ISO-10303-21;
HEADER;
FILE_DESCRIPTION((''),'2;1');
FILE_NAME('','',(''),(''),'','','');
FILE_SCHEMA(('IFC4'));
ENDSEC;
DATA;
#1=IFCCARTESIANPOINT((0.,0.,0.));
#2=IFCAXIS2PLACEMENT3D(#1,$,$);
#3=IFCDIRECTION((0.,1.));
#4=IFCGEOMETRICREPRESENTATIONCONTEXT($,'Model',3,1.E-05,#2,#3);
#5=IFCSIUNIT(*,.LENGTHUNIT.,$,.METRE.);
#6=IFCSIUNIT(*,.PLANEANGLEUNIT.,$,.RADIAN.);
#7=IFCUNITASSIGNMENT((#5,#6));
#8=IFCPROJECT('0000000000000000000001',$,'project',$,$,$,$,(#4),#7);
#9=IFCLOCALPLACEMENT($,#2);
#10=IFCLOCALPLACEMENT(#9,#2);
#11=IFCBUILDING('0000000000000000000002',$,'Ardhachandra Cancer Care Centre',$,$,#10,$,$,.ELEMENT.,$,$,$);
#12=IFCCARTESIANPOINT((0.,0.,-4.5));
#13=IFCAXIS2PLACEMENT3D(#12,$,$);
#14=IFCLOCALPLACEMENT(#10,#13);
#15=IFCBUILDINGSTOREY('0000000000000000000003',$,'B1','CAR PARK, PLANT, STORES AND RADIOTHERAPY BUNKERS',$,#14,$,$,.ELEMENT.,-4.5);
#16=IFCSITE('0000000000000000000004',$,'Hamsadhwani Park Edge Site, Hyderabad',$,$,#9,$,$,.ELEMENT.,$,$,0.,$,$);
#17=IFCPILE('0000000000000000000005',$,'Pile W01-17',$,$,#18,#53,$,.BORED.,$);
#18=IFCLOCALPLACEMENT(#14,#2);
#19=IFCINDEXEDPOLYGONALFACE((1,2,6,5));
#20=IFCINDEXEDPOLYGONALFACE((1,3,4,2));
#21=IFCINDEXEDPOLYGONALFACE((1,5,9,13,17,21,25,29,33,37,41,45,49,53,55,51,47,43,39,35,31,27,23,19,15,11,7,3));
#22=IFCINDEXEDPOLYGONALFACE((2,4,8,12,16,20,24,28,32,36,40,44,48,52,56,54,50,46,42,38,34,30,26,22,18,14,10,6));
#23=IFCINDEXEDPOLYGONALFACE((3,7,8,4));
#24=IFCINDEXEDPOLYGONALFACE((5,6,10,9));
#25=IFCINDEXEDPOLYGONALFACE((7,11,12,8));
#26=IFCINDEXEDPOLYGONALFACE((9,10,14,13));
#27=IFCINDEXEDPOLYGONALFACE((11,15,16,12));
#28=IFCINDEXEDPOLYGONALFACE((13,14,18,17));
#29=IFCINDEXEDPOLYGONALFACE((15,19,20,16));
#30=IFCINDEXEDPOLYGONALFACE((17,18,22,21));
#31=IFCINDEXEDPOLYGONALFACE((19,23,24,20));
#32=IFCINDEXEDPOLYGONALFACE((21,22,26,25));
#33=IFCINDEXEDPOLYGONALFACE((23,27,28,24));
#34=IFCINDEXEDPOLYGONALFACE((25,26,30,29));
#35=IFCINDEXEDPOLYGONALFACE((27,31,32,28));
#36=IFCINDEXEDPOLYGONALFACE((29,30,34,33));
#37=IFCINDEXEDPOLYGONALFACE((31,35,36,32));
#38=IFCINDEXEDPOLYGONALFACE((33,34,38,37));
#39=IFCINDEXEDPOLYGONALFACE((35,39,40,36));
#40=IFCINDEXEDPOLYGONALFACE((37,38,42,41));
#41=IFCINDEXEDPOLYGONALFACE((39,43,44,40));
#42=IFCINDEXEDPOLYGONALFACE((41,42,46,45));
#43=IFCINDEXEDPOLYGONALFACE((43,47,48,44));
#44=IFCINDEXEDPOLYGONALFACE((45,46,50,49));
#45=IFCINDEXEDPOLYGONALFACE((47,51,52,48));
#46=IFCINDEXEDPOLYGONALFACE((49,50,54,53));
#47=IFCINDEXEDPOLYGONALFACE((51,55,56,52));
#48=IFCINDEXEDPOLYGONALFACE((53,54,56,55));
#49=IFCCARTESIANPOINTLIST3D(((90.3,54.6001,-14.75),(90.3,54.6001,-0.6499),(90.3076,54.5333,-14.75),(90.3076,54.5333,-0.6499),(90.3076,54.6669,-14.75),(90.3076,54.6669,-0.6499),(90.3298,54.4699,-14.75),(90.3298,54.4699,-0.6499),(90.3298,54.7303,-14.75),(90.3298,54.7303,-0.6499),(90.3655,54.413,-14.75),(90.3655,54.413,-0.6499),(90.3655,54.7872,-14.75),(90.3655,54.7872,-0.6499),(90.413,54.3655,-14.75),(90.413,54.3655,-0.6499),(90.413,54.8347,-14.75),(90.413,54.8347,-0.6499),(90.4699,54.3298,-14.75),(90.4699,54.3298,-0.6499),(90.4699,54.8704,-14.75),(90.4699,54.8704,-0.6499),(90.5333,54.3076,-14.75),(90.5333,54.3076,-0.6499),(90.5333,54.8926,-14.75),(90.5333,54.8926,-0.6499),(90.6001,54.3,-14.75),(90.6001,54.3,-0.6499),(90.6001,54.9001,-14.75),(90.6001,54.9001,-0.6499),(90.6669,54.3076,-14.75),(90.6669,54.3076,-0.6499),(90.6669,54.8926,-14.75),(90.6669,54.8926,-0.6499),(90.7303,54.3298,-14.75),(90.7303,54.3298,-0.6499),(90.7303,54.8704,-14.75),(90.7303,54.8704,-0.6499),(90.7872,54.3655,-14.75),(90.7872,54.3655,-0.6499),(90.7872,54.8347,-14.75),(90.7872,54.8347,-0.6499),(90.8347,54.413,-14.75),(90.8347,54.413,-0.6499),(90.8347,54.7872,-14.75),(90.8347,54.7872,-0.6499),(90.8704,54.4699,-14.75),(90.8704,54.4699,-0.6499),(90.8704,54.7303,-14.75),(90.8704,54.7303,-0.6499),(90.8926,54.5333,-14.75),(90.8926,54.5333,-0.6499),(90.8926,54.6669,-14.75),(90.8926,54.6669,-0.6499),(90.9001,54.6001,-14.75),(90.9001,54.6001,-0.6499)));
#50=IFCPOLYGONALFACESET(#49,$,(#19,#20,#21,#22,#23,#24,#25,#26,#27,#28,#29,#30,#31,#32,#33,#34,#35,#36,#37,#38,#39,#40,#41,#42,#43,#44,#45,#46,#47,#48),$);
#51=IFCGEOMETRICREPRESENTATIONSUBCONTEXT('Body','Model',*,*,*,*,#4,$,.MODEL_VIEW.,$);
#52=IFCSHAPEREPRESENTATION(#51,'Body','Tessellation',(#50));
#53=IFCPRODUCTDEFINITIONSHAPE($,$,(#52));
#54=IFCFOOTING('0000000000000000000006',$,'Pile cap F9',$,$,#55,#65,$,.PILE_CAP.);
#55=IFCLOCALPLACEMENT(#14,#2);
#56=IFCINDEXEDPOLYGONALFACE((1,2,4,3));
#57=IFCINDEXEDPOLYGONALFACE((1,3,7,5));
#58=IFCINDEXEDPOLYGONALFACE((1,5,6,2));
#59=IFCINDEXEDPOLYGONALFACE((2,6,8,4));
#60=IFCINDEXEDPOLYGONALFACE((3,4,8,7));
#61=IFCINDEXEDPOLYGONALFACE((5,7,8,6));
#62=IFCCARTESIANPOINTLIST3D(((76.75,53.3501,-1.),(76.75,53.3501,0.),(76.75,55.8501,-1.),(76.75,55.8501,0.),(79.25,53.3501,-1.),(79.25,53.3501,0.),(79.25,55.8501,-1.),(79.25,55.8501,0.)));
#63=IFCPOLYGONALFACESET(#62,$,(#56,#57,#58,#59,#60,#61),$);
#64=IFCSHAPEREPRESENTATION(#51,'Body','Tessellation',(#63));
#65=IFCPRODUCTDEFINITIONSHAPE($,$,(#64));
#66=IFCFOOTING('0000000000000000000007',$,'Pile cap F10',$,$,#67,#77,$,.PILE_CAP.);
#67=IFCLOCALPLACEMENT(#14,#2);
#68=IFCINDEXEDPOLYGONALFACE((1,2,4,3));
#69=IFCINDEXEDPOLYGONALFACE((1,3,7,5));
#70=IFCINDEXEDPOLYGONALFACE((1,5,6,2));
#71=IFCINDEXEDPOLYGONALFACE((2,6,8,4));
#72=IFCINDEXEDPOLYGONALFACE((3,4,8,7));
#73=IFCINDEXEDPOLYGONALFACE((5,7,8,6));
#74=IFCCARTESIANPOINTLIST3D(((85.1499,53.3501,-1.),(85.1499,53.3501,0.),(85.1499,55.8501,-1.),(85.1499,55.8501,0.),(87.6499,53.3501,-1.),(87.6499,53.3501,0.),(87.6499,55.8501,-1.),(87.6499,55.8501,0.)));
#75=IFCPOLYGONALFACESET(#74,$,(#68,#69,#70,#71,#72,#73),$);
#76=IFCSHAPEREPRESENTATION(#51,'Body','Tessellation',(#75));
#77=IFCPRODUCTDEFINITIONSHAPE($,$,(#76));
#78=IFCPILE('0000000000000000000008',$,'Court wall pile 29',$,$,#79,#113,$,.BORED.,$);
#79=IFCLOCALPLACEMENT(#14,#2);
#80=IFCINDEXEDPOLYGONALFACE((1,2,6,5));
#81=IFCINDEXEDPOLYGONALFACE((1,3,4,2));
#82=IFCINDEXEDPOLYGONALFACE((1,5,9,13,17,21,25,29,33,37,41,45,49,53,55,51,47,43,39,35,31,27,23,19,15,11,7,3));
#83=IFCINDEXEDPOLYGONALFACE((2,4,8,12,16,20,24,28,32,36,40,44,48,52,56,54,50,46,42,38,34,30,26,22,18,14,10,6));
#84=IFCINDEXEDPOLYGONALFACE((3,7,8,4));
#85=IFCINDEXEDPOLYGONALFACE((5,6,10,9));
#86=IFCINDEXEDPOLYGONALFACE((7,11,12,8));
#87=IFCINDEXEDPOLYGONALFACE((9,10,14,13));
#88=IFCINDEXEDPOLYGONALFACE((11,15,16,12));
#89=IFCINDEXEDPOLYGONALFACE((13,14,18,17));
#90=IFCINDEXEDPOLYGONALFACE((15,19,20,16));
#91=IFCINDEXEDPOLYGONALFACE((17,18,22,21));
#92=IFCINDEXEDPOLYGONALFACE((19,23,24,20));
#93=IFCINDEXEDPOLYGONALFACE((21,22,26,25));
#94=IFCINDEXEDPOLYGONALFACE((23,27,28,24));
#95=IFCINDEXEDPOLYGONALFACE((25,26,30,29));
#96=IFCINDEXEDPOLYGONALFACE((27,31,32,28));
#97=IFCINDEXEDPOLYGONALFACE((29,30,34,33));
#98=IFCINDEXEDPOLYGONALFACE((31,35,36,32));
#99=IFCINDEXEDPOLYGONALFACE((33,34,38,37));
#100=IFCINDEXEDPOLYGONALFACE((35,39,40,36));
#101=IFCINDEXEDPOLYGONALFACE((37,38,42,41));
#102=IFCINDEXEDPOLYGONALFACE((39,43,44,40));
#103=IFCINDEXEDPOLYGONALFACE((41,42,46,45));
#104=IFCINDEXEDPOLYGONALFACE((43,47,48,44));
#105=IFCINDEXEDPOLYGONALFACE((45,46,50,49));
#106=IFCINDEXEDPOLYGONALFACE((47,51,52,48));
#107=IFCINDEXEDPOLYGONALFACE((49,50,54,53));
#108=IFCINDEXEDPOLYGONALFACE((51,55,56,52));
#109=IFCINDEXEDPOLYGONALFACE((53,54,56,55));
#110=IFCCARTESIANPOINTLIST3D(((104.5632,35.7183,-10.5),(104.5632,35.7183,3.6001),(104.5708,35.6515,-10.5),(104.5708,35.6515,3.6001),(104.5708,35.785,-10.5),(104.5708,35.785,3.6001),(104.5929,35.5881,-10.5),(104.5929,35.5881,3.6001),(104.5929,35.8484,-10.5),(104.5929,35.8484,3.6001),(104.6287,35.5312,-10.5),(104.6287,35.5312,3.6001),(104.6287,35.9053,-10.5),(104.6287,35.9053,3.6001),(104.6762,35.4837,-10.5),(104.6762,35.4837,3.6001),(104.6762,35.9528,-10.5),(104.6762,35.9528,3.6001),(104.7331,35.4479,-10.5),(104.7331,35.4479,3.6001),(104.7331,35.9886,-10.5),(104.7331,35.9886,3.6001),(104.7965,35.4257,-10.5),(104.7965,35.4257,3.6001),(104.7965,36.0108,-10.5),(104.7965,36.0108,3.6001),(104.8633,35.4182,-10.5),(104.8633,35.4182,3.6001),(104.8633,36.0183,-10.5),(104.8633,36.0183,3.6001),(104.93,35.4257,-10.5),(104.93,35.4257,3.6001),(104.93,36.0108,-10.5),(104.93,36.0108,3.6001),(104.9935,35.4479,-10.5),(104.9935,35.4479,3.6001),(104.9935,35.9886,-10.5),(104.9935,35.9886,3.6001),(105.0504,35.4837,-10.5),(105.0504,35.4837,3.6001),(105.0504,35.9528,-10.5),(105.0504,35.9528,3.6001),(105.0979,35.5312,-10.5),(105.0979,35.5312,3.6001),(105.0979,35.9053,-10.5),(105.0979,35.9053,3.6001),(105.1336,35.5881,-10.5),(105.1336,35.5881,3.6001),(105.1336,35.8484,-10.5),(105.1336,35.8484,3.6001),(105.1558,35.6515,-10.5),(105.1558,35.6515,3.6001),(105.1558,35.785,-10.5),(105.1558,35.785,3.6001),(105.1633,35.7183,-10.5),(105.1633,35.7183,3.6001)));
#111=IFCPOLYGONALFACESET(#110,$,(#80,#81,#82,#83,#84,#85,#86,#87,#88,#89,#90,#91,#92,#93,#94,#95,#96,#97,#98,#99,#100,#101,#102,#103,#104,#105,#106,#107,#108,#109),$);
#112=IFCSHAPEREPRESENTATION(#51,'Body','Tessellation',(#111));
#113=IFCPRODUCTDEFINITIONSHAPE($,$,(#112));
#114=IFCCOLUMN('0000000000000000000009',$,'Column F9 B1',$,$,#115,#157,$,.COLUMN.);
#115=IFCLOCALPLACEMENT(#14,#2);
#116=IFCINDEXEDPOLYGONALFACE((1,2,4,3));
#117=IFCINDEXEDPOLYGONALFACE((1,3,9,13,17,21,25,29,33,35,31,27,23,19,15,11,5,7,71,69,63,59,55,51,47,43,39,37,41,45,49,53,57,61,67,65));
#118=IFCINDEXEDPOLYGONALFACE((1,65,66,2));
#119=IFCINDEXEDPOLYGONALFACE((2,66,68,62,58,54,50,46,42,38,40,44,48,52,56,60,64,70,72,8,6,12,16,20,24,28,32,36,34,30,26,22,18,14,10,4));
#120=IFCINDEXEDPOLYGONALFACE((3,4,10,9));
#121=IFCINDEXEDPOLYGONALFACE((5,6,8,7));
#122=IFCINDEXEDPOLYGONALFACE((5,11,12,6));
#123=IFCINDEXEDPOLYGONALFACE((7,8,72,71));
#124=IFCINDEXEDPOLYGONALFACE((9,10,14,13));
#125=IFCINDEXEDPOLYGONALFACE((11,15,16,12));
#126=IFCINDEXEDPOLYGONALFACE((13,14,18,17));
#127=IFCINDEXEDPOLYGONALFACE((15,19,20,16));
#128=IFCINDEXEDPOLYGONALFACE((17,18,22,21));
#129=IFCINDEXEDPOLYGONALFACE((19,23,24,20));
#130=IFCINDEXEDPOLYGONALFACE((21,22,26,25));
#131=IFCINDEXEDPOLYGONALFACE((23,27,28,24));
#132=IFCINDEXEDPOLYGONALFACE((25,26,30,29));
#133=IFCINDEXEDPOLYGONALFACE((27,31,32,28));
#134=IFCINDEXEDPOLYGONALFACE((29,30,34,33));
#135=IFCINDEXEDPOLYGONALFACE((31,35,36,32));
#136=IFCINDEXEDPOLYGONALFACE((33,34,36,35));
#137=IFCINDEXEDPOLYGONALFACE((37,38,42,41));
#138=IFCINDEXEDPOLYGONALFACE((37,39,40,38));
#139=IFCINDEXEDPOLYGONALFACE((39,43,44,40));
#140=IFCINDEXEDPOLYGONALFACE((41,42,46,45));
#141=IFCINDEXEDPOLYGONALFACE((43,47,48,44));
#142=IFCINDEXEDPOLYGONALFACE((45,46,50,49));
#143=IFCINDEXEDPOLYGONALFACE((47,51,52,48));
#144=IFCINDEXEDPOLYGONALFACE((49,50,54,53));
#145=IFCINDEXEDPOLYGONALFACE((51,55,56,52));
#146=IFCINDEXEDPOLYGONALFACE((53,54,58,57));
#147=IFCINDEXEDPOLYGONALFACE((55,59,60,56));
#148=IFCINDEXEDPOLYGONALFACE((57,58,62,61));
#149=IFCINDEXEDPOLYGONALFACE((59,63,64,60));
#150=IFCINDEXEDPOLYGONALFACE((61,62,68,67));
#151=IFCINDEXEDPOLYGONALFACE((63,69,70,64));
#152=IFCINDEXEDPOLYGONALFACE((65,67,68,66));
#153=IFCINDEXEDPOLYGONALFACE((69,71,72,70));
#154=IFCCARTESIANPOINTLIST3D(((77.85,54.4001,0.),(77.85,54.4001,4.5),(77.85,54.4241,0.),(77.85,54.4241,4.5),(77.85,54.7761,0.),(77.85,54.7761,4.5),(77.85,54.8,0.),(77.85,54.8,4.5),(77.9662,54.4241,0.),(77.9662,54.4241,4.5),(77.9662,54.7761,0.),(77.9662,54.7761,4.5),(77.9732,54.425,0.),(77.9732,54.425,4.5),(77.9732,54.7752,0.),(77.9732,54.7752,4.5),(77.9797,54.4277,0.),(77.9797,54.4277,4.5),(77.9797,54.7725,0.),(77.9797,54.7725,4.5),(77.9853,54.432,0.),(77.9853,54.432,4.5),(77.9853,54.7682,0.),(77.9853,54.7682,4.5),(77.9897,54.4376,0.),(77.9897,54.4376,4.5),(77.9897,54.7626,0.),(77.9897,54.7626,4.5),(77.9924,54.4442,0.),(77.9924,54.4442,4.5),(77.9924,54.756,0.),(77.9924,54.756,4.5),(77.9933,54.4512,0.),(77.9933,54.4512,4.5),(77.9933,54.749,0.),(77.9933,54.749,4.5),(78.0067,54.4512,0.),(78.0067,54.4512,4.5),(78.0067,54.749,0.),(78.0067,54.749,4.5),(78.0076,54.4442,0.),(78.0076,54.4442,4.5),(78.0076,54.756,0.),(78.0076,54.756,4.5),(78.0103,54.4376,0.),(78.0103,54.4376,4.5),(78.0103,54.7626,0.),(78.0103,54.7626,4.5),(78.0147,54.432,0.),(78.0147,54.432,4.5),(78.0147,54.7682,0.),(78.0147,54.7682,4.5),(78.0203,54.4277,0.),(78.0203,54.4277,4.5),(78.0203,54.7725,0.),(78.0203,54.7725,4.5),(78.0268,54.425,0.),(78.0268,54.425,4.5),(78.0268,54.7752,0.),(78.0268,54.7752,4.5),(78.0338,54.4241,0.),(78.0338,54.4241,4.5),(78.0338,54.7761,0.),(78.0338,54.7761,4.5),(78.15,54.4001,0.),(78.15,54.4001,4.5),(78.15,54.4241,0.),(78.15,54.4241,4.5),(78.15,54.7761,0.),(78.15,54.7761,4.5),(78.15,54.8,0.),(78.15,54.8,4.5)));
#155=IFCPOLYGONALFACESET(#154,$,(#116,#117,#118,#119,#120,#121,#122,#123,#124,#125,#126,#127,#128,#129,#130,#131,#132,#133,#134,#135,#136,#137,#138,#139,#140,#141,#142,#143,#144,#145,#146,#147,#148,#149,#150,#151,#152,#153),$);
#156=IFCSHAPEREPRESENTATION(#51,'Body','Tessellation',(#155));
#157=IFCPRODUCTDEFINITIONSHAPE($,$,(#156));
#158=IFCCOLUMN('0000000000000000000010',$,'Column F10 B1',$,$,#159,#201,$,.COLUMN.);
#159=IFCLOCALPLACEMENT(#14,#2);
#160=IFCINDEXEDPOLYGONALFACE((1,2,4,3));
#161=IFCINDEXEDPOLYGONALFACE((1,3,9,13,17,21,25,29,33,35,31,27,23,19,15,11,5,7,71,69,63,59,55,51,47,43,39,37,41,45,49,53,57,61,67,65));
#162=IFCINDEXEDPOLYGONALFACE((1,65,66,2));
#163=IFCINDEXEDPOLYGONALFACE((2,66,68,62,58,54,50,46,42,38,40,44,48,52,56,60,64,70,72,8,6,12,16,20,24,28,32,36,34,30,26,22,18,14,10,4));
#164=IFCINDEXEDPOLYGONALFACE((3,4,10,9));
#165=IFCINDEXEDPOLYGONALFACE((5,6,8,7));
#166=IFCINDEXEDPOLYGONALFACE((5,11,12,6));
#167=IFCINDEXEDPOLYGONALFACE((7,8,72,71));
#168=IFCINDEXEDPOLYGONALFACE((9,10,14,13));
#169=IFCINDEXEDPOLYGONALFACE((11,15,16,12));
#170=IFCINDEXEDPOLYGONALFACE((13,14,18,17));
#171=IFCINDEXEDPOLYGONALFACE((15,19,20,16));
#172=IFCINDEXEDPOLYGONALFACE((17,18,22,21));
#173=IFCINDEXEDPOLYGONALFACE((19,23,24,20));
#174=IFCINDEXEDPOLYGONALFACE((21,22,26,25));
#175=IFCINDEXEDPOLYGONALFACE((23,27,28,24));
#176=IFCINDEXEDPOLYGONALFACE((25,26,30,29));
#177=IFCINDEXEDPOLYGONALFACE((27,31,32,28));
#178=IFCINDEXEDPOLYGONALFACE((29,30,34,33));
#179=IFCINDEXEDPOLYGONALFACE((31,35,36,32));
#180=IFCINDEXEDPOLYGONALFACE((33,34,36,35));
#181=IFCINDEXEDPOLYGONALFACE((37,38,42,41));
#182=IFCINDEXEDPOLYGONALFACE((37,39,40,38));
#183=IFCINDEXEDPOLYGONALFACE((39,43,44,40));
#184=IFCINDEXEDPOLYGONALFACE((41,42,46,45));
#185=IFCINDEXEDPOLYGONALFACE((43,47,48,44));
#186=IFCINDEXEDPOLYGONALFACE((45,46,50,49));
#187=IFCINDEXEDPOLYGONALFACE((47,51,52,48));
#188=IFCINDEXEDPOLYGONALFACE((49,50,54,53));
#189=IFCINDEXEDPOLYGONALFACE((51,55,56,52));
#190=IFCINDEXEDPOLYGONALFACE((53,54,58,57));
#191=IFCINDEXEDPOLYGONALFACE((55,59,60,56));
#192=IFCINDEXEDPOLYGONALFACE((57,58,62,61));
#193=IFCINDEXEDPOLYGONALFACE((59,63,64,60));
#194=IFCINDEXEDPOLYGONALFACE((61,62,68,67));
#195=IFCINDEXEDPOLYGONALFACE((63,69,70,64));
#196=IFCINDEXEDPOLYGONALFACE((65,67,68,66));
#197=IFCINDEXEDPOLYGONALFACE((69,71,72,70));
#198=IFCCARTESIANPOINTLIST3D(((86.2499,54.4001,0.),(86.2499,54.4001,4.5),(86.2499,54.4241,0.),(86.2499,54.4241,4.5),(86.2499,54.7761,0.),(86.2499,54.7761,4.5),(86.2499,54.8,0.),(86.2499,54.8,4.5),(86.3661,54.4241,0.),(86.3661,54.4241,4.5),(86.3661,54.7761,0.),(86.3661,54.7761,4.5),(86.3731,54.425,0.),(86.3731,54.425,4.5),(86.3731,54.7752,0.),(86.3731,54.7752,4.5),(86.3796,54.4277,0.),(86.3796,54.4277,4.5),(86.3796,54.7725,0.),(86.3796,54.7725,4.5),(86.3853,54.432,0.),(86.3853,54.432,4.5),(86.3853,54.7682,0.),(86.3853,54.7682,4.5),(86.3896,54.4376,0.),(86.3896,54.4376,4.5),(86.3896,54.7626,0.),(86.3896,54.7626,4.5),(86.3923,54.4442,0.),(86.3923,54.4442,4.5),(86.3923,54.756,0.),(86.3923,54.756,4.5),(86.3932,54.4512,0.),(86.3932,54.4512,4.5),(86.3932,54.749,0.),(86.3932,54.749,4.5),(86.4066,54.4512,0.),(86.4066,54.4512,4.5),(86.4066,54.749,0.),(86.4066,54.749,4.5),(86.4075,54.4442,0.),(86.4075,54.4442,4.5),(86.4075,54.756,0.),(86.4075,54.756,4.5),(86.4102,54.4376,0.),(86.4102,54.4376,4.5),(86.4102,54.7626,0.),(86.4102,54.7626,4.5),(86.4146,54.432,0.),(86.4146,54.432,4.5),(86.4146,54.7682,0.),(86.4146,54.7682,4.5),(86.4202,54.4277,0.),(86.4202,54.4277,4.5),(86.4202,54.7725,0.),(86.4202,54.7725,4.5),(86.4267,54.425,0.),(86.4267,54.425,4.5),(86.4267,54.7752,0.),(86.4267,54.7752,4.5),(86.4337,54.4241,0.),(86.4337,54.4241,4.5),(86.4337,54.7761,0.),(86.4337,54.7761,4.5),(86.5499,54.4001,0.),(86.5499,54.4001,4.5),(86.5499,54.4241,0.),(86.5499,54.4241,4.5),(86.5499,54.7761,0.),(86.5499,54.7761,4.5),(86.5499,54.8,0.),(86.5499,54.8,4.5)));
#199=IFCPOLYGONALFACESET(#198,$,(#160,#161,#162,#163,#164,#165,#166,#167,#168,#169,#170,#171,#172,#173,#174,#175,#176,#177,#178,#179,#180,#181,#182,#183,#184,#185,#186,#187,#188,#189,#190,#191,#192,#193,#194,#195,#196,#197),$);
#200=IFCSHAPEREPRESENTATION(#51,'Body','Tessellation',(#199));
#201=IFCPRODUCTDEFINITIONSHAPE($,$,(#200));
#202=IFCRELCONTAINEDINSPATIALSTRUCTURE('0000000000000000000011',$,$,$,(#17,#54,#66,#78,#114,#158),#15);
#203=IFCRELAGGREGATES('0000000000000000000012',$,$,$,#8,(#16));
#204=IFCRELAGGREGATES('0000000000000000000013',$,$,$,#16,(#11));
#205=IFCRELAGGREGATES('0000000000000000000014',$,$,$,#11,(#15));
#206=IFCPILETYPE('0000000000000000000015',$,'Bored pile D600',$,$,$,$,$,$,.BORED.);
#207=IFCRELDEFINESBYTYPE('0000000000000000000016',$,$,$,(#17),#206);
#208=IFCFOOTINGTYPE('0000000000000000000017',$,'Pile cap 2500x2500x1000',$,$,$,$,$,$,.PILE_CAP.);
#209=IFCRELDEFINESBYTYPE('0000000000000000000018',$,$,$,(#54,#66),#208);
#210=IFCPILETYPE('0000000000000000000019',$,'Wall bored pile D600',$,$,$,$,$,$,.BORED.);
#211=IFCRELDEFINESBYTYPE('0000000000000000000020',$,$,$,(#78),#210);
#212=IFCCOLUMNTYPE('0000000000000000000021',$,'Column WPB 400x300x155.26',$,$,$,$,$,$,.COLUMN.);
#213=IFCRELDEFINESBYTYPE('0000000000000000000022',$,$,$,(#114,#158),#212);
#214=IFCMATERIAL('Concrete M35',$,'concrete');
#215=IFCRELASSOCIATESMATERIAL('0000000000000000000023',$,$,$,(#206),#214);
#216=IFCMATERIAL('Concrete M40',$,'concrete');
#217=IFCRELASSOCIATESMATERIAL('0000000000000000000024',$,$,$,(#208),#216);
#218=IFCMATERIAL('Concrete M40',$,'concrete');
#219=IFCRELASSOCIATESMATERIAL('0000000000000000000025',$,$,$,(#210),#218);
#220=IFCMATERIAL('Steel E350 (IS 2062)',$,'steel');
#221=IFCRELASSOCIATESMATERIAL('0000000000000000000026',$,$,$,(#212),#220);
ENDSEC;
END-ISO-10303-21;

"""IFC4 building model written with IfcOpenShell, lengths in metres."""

from ifc_helpers import new_model, si_unit, direction, frame, origin, origin_2d, place, context, subcontext, project, spatial, rectangle, circle, i_section, extrude, material, material_profile, profile_set, type_object, element, save


model = new_model("IFC4")

# Units and contexts
model_context = context("Model", 3, precision=1e-05, world=origin(), true_north=direction((0.0, 1.0)))
body_context = subcontext(model_context, "Body", "Model", "MODEL_VIEW")
ifc_project = project(units=[si_unit("LENGTHUNIT", "METRE"), si_unit("PLANEANGLEUNIT", "RADIAN")], contexts=[model_context])

# Site, building, storey
site_placement = place(None, origin())
site = spatial("IfcSite", under=ifc_project, at=site_placement, Name="Hamsadhwani Park Edge Site, Hyderabad", CompositionType="ELEMENT", RefElevation=0.0)
building_placement = place(site_placement, origin())
building = spatial("IfcBuilding", under=site, at=building_placement, Name="Ardhachandra Cancer Care Centre", CompositionType="ELEMENT")
storey_placement = place(building_placement, frame((0.0, 0.0, -4.5)))
storey = spatial("IfcBuildingStorey", under=building, at=storey_placement, Name="B1", Description="CAR PARK, PLANT, STORES AND RADIOTHERAPY BUNKERS", CompositionType="ELEMENT", Elevation=-4.5)

# Pile
ifc_material_1 = material(Name="Concrete M35", Category="concrete")
ifc_material_profile_1 = material_profile(ifc_material_1, circle(Radius=0.3, at=origin_2d()), Name="D600")
ifc_profile_set_1 = profile_set([ifc_material_profile_1], Name="Concrete M35")
pile_type_1 = type_object("IfcPileType", Name="Bored pile D600", PredefinedType="BORED", material=ifc_profile_set_1)
for number, where, z_axis, x_axis, name in (
    (1, (90.6001, 54.6001, -0.6499), (0.0, 0.0, -1.0), (1.0, 0.0, 0.0), "Pile W01-17"),
):
    element("IfcPile", number, at=place(storey_placement, frame(where, z_axis=z_axis, x_axis=x_axis)), inside=storey, type_object=pile_type_1, Name=name, PredefinedType="BORED", context=body_context, shape_type="SweptSolid", body=[
        extrude(circle(Radius=0.3, at=origin_2d()), origin(), (0.0, 0.0, 1.0), 14.1001),
    ])

# Footings
ifc_material_2 = material(Name="Concrete M40", Category="concrete")
footing_type = type_object("IfcFootingType", Name="Pile cap 2500x2500x1000", PredefinedType="PILE_CAP", material=ifc_material_2)
for number, where, z_axis, x_axis, name in (
    (2, (78.0, 54.6001, -1.0), (0.0, 0.0, 1.0), (1.0, 0.0, 0.0), "Pile cap F9"),
    (3, (86.3999, 54.6001, -1.0), (0.0, 0.0, 1.0), (1.0, 0.0, 0.0), "Pile cap F10"),
):
    element("IfcFooting", number, at=place(storey_placement, frame(where, z_axis=z_axis, x_axis=x_axis)), inside=storey, type_object=footing_type, Name=name, PredefinedType="PILE_CAP", context=body_context, shape_type="SweptSolid", body=[
        extrude(rectangle(XDim=2.5, YDim=2.5, at=origin_2d()), origin(), (0.0, 0.0, 1.0), 1.0),
    ])

# Pile
ifc_material_3 = material(Name="Concrete M40", Category="concrete")
ifc_material_profile_2 = material_profile(ifc_material_3, circle(Radius=0.3, at=origin_2d()), Name="D600")
ifc_profile_set_2 = profile_set([ifc_material_profile_2], Name="Concrete M40")
pile_type_2 = type_object("IfcPileType", Name="Wall bored pile D600", PredefinedType="BORED", material=ifc_profile_set_2)
pile_placement = place(storey_placement, frame((104.8633, 35.7183, 3.6001), z_axis=(0.0, 0.0, -1.0), x_axis=(1.0, 0.0, 0.0)))
element("IfcPile", 4, at=pile_placement, inside=storey, type_object=pile_type_2, Name="Court wall pile 29", PredefinedType="BORED", context=body_context, shape_type="SweptSolid", body=[
    extrude(circle(Radius=0.3, at=origin_2d()), origin(), (0.0, 0.0, 1.0), 14.1001),
])

# Columns
ifc_material_4 = material(Name="Steel E350 (IS 2062)", Category="steel")
ifc_material_profile_3 = material_profile(ifc_material_4, i_section(OverallWidth=0.3, OverallDepth=0.3999, WebThickness=0.0134, FlangeThickness=0.0239, FilletRadius=0.0271, at=origin_2d()), Name="WPB 400x300x155.26")
ifc_profile_set_3 = profile_set([ifc_material_profile_3], Name="Steel E350 (IS 2062)")
column_type = type_object("IfcColumnType", Name="Column WPB 400x300x155.26", PredefinedType="COLUMN", material=ifc_profile_set_3)
for number, where, z_axis, x_axis, name in (
    (5, (78.0, 54.6001, 0.0), (0.0, 0.0, 1.0), (1.0, 0.0, 0.0), "Column F9 B1"),
    (6, (86.3999, 54.6001, 0.0), (0.0, 0.0, 1.0), (1.0, 0.0, 0.0), "Column F10 B1"),
):
    element("IfcColumn", number, at=place(storey_placement, frame(where, z_axis=z_axis, x_axis=x_axis)), inside=storey, type_object=column_type, Name=name, PredefinedType="COLUMN", context=body_context, shape_type="SweptSolid", body=[
        extrude(i_section(OverallWidth=0.3, OverallDepth=0.3999, WebThickness=0.0134, FlangeThickness=0.0239, FilletRadius=0.0271, at=origin_2d()), origin(), (0.0, 0.0, 1.0), 4.5),
    ])

save(model, "model.ifc")
